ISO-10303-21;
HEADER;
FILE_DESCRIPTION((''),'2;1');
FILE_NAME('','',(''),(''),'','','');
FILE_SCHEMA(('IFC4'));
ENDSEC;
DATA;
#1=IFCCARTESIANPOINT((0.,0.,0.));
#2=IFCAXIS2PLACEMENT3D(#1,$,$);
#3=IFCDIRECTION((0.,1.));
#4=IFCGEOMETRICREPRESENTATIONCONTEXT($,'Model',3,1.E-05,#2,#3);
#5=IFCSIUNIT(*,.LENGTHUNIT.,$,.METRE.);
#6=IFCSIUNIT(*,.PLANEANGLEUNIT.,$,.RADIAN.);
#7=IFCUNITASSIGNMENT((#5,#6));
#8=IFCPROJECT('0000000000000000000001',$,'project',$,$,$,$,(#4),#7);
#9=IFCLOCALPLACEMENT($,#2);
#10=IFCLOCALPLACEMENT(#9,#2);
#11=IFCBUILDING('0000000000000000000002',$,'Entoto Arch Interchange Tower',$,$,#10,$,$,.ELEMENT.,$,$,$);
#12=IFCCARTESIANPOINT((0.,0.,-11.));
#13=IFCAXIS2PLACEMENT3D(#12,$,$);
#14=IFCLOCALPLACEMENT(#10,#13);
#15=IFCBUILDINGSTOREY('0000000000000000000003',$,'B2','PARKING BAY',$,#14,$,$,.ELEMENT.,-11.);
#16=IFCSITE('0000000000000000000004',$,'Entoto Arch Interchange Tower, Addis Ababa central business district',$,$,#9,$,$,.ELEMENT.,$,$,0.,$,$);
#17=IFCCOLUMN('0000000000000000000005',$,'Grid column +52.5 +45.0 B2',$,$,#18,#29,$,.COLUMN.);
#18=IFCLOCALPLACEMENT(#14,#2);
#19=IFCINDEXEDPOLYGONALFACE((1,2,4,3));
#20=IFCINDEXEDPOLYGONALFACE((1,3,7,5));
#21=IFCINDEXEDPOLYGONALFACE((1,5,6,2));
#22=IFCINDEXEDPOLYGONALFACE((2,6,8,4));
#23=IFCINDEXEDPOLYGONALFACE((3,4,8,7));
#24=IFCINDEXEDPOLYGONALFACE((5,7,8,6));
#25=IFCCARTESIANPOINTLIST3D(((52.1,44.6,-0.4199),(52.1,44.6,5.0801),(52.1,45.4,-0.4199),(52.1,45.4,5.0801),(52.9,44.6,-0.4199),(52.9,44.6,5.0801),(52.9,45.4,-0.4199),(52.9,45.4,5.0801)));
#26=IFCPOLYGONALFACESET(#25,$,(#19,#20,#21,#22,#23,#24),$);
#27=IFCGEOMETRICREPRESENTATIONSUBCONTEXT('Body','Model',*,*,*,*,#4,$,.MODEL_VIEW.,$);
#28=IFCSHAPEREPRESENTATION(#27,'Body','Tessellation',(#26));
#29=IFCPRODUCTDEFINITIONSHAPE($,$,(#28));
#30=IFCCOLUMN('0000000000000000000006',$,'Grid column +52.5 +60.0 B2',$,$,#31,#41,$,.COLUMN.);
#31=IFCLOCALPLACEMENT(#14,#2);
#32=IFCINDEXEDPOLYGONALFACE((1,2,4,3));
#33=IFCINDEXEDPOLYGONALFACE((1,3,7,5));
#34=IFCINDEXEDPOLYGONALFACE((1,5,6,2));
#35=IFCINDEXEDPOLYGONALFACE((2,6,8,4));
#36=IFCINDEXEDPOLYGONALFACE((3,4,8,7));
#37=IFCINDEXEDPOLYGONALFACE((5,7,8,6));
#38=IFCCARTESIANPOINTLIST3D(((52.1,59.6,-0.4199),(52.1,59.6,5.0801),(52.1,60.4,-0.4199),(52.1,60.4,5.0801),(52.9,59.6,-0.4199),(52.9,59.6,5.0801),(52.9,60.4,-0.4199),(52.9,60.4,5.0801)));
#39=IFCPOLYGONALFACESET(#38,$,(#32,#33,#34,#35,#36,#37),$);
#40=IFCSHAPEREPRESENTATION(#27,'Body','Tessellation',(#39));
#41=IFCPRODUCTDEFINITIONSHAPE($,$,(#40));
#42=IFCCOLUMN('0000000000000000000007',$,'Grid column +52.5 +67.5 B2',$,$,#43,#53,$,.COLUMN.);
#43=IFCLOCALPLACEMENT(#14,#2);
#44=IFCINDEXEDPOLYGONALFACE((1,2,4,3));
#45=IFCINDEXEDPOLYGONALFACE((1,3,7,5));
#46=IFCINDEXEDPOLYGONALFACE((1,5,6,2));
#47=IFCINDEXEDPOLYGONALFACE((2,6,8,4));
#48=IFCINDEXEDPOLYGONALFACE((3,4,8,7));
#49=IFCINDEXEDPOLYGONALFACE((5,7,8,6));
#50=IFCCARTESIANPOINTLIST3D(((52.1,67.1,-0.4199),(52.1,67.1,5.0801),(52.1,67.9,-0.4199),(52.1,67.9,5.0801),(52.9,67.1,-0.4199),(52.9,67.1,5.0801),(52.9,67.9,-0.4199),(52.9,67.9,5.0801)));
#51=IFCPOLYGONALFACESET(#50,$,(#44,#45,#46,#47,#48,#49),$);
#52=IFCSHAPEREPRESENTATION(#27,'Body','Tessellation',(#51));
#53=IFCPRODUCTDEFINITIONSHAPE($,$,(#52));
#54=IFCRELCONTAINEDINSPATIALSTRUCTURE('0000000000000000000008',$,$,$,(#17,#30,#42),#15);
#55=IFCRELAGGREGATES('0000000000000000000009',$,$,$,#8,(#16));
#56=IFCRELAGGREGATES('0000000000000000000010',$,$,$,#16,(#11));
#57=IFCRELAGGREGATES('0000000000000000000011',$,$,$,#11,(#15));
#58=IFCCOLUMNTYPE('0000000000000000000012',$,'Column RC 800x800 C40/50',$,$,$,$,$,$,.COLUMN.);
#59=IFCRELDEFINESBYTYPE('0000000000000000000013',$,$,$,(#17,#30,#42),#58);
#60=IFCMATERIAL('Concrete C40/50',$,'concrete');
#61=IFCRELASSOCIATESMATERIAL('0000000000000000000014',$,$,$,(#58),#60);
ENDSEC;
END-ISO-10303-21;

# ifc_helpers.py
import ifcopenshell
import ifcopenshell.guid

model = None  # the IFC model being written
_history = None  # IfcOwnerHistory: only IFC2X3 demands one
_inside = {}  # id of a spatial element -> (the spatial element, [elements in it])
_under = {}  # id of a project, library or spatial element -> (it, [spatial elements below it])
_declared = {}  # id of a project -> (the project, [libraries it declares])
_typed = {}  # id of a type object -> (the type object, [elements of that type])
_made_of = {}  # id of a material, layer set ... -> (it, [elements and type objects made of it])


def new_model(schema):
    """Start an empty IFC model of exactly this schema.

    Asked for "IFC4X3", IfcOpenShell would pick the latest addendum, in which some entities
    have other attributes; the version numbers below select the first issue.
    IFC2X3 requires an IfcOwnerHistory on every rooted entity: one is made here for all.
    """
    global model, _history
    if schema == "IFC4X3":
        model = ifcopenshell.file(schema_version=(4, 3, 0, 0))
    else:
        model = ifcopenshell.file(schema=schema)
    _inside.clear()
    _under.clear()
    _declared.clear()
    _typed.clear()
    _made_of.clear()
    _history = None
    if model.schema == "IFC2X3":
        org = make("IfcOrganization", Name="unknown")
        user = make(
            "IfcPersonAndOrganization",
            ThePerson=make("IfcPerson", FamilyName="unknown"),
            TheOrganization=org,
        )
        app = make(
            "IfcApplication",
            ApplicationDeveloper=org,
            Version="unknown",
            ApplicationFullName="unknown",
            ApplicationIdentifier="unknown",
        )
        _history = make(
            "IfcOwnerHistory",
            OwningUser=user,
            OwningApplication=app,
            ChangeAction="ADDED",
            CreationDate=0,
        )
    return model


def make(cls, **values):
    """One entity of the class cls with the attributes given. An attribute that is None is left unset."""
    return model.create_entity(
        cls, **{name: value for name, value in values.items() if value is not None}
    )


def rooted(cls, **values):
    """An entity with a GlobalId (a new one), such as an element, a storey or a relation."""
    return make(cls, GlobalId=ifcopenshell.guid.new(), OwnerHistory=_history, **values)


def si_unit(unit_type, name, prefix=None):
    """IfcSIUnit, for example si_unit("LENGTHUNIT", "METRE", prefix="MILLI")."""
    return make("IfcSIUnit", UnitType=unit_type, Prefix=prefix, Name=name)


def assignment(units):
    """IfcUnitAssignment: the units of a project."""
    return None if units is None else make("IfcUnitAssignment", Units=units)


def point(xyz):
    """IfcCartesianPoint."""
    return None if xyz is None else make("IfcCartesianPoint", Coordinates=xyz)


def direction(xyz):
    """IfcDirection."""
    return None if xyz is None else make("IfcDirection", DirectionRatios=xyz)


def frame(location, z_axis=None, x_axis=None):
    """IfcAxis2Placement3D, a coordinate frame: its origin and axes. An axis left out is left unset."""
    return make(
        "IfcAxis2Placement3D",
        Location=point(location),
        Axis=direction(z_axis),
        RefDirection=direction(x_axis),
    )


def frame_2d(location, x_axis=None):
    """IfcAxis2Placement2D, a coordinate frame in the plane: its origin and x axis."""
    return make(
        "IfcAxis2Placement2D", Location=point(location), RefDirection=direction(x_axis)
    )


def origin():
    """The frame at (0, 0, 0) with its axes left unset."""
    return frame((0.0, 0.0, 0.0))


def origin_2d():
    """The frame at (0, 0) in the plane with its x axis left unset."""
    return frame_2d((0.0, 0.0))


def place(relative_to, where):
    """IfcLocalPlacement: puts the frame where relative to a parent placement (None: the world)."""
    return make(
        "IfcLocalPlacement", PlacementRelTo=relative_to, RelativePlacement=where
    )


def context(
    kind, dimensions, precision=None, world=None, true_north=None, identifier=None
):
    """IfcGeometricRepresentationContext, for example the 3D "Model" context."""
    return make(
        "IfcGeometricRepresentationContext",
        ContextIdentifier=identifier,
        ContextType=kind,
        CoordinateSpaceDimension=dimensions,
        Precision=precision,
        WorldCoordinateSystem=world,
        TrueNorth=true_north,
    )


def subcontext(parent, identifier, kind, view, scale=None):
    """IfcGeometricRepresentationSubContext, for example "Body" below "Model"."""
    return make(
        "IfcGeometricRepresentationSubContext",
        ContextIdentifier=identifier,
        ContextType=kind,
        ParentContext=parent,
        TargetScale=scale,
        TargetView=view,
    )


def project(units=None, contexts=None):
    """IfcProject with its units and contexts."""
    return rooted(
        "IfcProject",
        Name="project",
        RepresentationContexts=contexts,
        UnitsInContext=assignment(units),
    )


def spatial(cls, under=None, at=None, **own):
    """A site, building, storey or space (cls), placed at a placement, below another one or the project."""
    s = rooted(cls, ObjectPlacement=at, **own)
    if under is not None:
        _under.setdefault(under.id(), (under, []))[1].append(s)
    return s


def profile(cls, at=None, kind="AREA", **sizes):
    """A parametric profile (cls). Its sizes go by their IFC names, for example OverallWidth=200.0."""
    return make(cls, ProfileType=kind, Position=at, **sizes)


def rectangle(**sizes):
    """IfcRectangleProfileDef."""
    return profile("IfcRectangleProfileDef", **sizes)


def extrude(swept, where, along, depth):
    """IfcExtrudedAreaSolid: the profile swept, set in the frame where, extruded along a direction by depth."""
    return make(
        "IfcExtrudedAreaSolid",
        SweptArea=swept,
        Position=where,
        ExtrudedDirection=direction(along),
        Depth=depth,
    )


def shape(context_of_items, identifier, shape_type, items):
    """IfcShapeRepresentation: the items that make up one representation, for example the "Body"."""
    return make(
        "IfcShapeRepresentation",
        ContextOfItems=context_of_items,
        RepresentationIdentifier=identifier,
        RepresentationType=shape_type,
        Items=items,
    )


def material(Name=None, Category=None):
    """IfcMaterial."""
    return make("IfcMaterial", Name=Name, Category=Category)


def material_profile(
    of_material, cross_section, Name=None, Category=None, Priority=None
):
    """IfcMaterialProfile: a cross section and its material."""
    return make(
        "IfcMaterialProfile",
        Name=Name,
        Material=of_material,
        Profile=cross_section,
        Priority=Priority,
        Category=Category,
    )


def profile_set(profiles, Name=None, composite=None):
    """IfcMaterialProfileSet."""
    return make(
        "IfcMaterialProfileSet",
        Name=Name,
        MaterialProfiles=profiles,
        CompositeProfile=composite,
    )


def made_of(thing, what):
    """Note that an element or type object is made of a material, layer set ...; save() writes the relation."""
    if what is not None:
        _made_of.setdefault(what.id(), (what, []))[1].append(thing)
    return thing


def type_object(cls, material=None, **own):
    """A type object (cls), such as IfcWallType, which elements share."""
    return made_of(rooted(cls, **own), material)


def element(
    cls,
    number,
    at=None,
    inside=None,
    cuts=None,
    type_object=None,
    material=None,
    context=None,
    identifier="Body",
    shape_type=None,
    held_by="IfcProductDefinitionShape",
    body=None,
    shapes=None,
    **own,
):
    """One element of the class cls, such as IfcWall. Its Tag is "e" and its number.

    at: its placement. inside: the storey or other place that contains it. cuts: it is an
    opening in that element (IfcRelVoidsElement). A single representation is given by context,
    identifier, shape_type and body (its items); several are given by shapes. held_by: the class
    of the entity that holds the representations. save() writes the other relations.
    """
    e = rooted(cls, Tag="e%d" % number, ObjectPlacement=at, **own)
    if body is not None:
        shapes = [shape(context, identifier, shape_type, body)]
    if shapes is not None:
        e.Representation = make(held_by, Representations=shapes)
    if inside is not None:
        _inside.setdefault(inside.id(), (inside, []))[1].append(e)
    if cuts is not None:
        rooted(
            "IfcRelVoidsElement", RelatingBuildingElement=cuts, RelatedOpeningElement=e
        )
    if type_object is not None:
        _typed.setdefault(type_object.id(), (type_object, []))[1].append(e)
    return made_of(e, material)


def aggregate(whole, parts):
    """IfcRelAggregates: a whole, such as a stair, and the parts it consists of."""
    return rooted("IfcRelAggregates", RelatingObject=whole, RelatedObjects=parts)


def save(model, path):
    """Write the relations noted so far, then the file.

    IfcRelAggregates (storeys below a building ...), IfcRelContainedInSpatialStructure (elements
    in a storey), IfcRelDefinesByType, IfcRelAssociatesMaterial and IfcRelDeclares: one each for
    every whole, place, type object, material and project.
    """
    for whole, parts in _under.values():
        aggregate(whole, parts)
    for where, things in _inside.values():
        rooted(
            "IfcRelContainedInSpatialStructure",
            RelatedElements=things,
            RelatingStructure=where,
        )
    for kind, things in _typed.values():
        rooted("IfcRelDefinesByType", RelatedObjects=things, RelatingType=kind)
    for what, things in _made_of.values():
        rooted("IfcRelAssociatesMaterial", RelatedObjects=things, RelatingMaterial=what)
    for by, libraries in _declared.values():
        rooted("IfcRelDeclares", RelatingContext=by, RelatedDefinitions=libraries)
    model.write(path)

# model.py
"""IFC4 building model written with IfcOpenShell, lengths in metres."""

from ifc_helpers import new_model, si_unit, direction, frame, origin, origin_2d, place, context, subcontext, project, spatial, rectangle, extrude, material, material_profile, profile_set, type_object, element, save


model = new_model("IFC4")

# Units and contexts
model_context = context("Model", 3, precision=1e-05, world=origin(), true_north=direction((0.0, 1.0)))
body_context = subcontext(model_context, "Body", "Model", "MODEL_VIEW")
ifc_project = project(units=[si_unit("LENGTHUNIT", "METRE"), si_unit("PLANEANGLEUNIT", "RADIAN")], contexts=[model_context])

# Site, building, storey
site_placement = place(None, origin())
site = spatial("IfcSite", under=ifc_project, at=site_placement, Name="Entoto Arch Interchange Tower, Addis Ababa central business district", CompositionType="ELEMENT", RefElevation=0.0)
building_placement = place(site_placement, origin())
building = spatial("IfcBuilding", under=site, at=building_placement, Name="Entoto Arch Interchange Tower", CompositionType="ELEMENT")
storey_placement = place(building_placement, frame((0.0, 0.0, -11.0)))
storey = spatial("IfcBuildingStorey", under=building, at=storey_placement, Name="B2", Description="PARKING BAY", CompositionType="ELEMENT", Elevation=-11.0)

# Columns
ifc_material = material(Name="Concrete C40/50", Category="concrete")
ifc_material_profile = material_profile(ifc_material, rectangle(XDim=0.8, YDim=0.8, at=origin_2d()))
ifc_profile_set = profile_set([ifc_material_profile], Name="Concrete C40/50")
column_type = type_object("IfcColumnType", Name="Column RC 800x800 C40/50", PredefinedType="COLUMN", material=ifc_profile_set)
for number, where, z_axis, x_axis, name in (
    (1, (52.5, 45.0, -0.4199), (0.0, 0.0, 1.0), (1.0, 0.0, 0.0), "Grid column +52.5 +45.0 B2"),
    (2, (52.5, 60.0, -0.4199), (0.0, 0.0, 1.0), (1.0, 0.0, 0.0), "Grid column +52.5 +60.0 B2"),
    (3, (52.5, 67.5, -0.4199), (0.0, 0.0, 1.0), (1.0, 0.0, 0.0), "Grid column +52.5 +67.5 B2"),
):
    element("IfcColumn", number, at=place(storey_placement, frame(where, z_axis=z_axis, x_axis=x_axis)), inside=storey, type_object=column_type, Name=name, PredefinedType="COLUMN", context=body_context, shape_type="SweptSolid", body=[
        extrude(rectangle(XDim=0.8, YDim=0.8, at=origin_2d()), origin(), (0.0, 0.0, 1.0), 5.5),
    ])

save(model, "model.ifc")
